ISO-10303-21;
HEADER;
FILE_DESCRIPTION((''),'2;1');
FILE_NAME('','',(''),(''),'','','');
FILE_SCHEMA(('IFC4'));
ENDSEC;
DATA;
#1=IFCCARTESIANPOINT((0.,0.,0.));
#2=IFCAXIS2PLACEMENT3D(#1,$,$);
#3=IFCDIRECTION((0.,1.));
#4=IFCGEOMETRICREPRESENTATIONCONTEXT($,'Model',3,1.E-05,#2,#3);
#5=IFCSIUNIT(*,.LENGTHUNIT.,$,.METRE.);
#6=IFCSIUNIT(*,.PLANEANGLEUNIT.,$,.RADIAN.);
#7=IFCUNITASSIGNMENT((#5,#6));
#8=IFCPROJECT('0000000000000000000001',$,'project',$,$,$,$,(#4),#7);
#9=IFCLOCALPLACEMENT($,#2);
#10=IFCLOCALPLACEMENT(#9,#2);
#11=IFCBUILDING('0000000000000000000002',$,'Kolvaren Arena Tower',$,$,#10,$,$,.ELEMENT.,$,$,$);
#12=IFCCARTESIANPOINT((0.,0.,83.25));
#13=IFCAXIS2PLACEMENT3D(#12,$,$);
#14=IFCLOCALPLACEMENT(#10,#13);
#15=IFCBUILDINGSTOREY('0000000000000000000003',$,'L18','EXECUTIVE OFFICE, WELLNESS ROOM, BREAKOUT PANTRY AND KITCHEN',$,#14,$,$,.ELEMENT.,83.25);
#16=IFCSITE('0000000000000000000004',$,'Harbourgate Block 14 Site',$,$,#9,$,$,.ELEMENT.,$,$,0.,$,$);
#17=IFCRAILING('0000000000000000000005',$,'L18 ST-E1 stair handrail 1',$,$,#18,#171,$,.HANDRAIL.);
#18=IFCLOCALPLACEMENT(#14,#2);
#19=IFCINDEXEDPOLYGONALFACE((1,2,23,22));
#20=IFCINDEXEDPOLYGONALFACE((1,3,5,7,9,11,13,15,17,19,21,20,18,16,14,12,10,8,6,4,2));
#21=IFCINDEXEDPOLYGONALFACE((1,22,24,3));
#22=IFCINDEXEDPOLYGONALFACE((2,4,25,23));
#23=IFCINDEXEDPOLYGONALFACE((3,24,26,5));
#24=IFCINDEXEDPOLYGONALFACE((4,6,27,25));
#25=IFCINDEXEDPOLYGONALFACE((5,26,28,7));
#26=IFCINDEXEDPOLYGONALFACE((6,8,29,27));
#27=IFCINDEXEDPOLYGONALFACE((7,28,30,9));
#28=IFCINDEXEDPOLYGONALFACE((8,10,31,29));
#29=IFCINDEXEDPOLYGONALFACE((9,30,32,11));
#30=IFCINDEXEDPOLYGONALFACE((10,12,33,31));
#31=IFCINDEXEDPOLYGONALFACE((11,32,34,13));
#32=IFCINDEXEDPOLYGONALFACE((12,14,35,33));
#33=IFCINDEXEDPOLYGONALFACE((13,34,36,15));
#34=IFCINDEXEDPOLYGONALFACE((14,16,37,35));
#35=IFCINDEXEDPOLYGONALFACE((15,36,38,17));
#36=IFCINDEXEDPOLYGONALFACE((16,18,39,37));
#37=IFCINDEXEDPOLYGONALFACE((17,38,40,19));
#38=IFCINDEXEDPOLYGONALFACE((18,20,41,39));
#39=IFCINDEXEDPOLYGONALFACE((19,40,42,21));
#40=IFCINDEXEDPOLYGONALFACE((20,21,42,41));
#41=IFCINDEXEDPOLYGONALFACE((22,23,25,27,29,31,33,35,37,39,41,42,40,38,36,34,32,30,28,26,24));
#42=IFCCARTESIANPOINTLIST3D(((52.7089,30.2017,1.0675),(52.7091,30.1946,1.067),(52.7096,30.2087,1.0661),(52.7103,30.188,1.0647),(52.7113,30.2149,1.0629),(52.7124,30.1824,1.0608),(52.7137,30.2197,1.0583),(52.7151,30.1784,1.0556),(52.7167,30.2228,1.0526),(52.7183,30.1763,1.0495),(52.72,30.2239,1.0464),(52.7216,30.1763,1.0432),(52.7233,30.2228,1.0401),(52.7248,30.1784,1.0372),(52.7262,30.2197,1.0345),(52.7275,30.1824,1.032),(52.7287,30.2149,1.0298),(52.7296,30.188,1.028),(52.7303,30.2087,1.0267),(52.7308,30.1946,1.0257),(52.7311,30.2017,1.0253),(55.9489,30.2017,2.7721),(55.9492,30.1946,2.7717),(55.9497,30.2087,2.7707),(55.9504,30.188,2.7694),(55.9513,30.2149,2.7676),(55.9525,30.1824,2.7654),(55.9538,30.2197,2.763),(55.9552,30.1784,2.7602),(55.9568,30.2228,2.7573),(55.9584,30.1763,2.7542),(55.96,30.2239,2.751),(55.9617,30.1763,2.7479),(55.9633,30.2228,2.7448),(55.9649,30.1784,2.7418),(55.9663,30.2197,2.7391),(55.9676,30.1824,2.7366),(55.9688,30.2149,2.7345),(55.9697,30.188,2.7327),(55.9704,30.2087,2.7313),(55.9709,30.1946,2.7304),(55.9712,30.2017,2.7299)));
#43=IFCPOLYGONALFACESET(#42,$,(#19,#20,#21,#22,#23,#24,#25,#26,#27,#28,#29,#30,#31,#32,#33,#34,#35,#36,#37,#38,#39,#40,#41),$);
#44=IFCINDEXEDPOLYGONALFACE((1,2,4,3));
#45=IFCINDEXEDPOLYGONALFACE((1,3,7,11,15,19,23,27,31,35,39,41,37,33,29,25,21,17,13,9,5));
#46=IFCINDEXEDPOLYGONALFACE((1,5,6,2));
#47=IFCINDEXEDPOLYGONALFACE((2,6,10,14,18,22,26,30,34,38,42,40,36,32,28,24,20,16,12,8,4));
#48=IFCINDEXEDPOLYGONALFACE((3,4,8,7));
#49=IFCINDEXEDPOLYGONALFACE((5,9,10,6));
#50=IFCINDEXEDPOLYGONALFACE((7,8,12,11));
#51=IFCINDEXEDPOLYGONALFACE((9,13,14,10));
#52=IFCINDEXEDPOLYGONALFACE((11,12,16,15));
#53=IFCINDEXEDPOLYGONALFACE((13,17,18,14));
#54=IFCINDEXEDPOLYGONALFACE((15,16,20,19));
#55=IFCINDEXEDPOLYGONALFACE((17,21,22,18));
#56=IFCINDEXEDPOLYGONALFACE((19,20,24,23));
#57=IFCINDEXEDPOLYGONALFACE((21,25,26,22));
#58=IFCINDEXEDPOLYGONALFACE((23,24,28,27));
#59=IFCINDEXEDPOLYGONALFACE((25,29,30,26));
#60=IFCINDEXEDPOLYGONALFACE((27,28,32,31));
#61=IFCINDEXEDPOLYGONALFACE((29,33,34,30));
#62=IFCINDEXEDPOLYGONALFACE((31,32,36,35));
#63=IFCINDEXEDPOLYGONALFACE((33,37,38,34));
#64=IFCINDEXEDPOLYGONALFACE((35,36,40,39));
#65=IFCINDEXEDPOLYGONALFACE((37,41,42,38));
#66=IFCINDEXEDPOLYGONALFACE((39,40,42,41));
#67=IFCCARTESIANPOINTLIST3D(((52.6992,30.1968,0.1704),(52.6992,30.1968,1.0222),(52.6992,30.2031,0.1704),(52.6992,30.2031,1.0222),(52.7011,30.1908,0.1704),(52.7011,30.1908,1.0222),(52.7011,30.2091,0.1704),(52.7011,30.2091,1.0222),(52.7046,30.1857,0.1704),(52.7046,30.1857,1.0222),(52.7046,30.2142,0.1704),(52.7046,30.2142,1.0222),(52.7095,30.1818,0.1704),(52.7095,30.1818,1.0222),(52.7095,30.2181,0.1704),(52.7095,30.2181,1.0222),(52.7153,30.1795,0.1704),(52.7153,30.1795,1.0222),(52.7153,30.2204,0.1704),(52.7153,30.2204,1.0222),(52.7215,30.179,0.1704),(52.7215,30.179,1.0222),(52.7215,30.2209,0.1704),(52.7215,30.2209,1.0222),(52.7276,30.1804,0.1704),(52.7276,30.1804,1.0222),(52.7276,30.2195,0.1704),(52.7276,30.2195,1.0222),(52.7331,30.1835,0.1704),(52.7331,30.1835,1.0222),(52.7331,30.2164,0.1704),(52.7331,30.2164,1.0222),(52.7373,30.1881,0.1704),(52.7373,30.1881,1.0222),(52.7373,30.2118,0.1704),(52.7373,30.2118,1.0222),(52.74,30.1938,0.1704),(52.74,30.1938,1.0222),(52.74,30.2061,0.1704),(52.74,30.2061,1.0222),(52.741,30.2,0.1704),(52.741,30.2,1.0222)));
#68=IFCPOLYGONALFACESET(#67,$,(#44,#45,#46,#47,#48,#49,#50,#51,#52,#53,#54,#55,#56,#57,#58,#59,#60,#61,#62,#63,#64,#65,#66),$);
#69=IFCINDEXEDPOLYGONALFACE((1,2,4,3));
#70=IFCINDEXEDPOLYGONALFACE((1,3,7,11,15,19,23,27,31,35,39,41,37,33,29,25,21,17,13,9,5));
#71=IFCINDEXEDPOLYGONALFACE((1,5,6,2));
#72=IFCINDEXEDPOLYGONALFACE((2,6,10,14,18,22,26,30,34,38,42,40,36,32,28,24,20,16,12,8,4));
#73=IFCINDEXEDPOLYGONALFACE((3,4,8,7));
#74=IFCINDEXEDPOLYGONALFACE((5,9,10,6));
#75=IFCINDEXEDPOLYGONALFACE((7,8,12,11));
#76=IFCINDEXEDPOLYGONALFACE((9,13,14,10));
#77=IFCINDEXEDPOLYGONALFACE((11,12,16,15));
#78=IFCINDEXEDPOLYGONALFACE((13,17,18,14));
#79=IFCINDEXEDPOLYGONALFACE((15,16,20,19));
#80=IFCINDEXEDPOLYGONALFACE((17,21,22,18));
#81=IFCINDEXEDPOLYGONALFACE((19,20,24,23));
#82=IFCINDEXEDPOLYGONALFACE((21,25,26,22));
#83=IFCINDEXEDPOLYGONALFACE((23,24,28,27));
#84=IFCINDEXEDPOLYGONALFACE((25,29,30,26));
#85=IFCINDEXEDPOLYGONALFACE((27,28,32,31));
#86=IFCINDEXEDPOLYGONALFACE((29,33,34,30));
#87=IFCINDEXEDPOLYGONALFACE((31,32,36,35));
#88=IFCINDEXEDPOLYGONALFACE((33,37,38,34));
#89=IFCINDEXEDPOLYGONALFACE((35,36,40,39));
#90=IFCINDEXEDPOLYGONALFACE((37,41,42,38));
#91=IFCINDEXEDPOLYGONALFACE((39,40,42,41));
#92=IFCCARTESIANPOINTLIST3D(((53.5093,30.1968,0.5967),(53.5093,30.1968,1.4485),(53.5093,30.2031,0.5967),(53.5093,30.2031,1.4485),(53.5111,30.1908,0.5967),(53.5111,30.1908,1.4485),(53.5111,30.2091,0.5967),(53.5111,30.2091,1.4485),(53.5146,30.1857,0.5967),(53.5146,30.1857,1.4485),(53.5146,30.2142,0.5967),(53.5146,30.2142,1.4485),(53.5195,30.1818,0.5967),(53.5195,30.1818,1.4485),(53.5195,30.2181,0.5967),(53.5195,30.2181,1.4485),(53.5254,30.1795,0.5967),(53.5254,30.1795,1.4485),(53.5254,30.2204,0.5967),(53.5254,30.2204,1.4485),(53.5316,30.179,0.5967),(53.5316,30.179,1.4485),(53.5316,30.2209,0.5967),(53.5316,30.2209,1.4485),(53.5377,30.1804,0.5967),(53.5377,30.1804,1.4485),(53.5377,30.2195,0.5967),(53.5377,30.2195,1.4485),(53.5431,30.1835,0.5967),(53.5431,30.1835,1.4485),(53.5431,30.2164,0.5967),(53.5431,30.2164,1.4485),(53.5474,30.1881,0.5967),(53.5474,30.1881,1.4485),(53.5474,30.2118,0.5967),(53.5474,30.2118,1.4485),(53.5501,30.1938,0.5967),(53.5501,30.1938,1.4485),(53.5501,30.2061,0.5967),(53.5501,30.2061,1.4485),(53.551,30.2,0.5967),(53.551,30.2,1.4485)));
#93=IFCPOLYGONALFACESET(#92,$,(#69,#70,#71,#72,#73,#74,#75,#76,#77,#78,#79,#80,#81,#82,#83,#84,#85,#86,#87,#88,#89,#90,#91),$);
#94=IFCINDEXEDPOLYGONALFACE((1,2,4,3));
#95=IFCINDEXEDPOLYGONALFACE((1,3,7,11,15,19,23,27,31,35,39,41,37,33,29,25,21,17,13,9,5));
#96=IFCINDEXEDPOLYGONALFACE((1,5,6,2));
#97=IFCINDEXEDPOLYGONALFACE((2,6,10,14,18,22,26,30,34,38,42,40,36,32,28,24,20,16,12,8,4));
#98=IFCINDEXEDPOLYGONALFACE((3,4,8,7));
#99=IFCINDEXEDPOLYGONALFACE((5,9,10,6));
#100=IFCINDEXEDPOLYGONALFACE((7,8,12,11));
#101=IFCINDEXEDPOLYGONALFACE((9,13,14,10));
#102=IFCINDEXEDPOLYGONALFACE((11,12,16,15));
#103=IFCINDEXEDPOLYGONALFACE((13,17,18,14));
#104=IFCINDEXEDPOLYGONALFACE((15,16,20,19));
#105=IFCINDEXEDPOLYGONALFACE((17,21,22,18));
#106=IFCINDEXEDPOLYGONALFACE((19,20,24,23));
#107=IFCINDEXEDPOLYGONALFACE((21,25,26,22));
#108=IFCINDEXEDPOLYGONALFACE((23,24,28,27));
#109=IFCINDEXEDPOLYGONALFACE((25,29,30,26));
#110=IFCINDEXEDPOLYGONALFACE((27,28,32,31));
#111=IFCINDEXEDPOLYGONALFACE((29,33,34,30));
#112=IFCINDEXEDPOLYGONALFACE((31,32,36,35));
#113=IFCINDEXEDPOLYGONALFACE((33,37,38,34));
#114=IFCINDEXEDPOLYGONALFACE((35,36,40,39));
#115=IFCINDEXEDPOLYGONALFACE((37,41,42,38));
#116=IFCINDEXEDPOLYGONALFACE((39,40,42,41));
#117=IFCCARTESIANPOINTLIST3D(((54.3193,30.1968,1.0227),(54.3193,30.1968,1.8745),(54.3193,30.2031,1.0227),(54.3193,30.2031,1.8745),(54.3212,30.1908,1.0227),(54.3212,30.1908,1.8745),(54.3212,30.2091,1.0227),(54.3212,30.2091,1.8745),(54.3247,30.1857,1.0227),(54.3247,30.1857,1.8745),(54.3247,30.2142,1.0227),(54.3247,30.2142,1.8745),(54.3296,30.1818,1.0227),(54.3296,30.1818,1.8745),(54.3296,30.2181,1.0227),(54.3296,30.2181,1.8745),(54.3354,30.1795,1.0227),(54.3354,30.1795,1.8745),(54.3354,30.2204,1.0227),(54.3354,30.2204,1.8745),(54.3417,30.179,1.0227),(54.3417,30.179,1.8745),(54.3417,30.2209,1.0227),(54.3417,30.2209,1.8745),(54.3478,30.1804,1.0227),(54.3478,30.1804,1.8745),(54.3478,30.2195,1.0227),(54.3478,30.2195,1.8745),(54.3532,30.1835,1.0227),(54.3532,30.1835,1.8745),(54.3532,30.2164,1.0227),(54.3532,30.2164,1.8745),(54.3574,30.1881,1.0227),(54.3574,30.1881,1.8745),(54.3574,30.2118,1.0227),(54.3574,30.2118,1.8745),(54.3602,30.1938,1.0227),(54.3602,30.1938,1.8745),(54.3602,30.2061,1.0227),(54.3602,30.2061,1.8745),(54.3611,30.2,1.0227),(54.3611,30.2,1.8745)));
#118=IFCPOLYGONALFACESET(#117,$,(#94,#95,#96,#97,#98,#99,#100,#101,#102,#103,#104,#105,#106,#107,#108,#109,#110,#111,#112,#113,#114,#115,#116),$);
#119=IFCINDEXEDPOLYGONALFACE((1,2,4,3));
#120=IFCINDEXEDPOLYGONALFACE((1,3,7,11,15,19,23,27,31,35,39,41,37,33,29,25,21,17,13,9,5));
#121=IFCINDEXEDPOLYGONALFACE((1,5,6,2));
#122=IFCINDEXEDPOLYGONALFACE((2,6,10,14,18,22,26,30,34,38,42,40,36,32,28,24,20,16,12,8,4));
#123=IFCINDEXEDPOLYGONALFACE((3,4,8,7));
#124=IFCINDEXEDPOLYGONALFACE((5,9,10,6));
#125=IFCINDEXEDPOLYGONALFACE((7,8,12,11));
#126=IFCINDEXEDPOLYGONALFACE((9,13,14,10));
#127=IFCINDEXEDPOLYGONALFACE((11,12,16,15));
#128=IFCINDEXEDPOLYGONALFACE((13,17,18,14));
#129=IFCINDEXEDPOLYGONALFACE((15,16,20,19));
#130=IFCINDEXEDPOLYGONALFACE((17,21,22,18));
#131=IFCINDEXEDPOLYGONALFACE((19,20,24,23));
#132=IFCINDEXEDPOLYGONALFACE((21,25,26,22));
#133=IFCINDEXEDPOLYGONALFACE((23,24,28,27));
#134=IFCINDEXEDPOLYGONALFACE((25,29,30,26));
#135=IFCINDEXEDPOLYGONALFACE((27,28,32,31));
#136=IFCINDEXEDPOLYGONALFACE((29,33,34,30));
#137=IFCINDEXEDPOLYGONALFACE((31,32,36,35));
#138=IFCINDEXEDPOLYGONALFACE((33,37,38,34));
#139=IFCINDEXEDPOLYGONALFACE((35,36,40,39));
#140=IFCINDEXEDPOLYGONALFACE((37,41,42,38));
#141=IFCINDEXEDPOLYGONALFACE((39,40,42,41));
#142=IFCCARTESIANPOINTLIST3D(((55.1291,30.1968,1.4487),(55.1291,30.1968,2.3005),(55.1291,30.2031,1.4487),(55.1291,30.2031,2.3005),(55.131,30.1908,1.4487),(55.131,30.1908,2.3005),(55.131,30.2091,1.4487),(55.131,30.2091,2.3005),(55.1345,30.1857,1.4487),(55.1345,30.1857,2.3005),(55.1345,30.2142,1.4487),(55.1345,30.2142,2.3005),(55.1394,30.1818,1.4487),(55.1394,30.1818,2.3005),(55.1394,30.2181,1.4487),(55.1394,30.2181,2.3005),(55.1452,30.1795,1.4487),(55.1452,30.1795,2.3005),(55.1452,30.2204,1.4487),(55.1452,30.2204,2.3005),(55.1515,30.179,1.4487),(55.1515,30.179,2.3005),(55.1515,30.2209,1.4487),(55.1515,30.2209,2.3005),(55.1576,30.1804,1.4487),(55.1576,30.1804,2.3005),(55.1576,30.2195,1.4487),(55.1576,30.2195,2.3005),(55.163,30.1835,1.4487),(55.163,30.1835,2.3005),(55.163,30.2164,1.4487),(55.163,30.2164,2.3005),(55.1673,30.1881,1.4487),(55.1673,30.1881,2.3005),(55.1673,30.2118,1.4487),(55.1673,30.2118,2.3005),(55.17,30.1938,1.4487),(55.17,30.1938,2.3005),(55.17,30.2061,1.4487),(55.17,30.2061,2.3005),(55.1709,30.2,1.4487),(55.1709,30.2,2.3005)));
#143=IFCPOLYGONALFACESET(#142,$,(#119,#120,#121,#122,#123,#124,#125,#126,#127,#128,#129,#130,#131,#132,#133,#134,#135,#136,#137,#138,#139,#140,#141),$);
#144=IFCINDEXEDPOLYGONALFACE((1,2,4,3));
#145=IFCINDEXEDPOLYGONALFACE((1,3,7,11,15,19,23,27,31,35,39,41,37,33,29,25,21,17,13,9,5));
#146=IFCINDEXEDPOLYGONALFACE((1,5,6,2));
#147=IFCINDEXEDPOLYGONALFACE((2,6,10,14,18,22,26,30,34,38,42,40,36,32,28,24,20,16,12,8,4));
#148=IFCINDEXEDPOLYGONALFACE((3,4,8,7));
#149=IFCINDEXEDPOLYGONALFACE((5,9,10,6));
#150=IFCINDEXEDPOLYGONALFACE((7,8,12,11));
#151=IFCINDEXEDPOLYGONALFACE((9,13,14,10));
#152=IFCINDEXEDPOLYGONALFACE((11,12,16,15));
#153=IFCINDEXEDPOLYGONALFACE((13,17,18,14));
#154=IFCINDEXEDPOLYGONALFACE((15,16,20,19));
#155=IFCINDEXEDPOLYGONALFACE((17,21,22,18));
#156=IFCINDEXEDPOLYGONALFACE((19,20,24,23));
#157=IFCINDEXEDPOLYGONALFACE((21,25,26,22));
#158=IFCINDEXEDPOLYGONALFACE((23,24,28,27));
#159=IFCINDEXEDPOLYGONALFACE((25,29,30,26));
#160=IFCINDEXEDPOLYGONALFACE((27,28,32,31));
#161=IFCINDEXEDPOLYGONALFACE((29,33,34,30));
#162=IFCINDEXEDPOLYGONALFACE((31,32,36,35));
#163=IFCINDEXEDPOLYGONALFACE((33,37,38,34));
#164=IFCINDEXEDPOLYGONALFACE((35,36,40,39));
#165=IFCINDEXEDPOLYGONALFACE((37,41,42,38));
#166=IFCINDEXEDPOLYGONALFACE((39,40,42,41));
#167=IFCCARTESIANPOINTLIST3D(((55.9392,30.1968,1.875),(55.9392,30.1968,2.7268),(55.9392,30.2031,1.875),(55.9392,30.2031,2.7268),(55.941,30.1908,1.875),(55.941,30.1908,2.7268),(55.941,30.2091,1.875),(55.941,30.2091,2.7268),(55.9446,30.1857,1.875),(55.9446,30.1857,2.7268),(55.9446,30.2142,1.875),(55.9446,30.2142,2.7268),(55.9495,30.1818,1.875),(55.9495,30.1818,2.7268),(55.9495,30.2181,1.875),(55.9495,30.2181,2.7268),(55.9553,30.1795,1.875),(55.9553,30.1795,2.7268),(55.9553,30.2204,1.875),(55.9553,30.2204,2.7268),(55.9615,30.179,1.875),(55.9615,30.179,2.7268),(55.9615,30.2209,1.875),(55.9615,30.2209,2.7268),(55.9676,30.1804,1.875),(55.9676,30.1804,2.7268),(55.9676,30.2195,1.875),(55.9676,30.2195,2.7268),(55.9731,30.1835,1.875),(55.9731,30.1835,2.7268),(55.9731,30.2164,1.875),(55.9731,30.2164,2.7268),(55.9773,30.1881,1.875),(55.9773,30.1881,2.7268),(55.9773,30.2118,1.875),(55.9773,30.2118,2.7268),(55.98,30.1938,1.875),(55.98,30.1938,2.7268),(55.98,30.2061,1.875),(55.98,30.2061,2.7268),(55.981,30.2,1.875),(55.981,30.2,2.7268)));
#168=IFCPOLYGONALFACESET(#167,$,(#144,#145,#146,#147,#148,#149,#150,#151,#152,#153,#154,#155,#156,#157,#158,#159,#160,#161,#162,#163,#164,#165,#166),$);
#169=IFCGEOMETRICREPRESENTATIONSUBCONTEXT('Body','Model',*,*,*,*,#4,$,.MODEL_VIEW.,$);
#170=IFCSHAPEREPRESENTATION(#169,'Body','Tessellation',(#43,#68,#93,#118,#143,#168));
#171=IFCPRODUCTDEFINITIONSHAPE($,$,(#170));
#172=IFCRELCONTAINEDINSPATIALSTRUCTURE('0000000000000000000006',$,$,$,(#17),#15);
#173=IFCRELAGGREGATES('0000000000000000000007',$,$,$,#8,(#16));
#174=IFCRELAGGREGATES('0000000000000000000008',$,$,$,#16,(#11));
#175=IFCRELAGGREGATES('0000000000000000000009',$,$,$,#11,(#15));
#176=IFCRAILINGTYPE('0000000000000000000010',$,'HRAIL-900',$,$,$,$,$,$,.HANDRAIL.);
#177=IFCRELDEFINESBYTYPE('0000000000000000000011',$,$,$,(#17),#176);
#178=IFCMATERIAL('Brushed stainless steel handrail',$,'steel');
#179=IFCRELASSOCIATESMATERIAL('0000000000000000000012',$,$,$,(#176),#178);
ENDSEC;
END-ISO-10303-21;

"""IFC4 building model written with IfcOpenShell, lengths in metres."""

from ifc_helpers import new_model, si_unit, direction, frame, origin, origin_2d, place, context, subcontext, project, spatial, circle, extrude, material, type_object, element, save


model = new_model("IFC4")

# Units and contexts
model_context = context("Model", 3, precision=1e-05, world=origin(), true_north=direction((0.0, 1.0)))
body_context = subcontext(model_context, "Body", "Model", "MODEL_VIEW")
ifc_project = project(units=[si_unit("LENGTHUNIT", "METRE"), si_unit("PLANEANGLEUNIT", "RADIAN")], contexts=[model_context])

# Site, building, storey
site_placement = place(None, origin())
site = spatial("IfcSite", under=ifc_project, at=site_placement, Name="Harbourgate Block 14 Site", CompositionType="ELEMENT", RefElevation=0.0)
building_placement = place(site_placement, origin())
building = spatial("IfcBuilding", under=site, at=building_placement, Name="Kolvaren Arena Tower", CompositionType="ELEMENT")
storey_placement = place(building_placement, frame((0.0, 0.0, 83.25)))
storey = spatial("IfcBuildingStorey", under=building, at=storey_placement, Name="L18", Description="EXECUTIVE OFFICE, WELLNESS ROOM, BREAKOUT PANTRY AND KITCHEN", CompositionType="ELEMENT", Elevation=83.25)

# Railing
ifc_material_1 = material(Name="Brushed stainless steel handrail", Category="steel")
railing_type_1 = type_object("IfcRailingType", Name="HRAIL-900", PredefinedType="HANDRAIL", material=ifc_material_1)
railing_1_placement = place(storey_placement, frame((52.72, 30.2, 0.1704)))
element("IfcRailing", 1, at=railing_1_placement, inside=storey, type_object=railing_type_1, Name="L18 ST-E1 stair handrail 1", PredefinedType="HANDRAIL", context=body_context, shape_type="SweptSolid", body=[
    extrude(circle(Radius=0.0239, at=origin_2d()), frame((0.0, 0.0, 0.876), z_axis=(0.884993, 0.0, 0.465604), x_axis=(0.0, 1.0, 0.0)), (0.0, 0.0, 1.0), 3.6611),
    extrude(circle(Radius=0.021, at=origin_2d()), origin(), (0.0, 0.0, 1.0), 0.8518),
    extrude(circle(Radius=0.021, at=origin_2d()), frame((0.8101, 0.0, 0.4263)), (0.0, 0.0, 1.0), 0.8518),
    extrude(circle(Radius=0.021, at=origin_2d()), frame((1.6201, 0.0, 0.8523)), (0.0, 0.0, 1.0), 0.8518),
    extrude(circle(Radius=0.021, at=origin_2d()), frame((2.4299, 0.0, 1.2783)), (0.0, 0.0, 1.0), 0.8518),
    extrude(circle(Radius=0.021, at=origin_2d()), frame((3.24, 0.0, 1.7046)), (0.0, 0.0, 1.0), 0.8518),
])

save(model, "model.ifc")
